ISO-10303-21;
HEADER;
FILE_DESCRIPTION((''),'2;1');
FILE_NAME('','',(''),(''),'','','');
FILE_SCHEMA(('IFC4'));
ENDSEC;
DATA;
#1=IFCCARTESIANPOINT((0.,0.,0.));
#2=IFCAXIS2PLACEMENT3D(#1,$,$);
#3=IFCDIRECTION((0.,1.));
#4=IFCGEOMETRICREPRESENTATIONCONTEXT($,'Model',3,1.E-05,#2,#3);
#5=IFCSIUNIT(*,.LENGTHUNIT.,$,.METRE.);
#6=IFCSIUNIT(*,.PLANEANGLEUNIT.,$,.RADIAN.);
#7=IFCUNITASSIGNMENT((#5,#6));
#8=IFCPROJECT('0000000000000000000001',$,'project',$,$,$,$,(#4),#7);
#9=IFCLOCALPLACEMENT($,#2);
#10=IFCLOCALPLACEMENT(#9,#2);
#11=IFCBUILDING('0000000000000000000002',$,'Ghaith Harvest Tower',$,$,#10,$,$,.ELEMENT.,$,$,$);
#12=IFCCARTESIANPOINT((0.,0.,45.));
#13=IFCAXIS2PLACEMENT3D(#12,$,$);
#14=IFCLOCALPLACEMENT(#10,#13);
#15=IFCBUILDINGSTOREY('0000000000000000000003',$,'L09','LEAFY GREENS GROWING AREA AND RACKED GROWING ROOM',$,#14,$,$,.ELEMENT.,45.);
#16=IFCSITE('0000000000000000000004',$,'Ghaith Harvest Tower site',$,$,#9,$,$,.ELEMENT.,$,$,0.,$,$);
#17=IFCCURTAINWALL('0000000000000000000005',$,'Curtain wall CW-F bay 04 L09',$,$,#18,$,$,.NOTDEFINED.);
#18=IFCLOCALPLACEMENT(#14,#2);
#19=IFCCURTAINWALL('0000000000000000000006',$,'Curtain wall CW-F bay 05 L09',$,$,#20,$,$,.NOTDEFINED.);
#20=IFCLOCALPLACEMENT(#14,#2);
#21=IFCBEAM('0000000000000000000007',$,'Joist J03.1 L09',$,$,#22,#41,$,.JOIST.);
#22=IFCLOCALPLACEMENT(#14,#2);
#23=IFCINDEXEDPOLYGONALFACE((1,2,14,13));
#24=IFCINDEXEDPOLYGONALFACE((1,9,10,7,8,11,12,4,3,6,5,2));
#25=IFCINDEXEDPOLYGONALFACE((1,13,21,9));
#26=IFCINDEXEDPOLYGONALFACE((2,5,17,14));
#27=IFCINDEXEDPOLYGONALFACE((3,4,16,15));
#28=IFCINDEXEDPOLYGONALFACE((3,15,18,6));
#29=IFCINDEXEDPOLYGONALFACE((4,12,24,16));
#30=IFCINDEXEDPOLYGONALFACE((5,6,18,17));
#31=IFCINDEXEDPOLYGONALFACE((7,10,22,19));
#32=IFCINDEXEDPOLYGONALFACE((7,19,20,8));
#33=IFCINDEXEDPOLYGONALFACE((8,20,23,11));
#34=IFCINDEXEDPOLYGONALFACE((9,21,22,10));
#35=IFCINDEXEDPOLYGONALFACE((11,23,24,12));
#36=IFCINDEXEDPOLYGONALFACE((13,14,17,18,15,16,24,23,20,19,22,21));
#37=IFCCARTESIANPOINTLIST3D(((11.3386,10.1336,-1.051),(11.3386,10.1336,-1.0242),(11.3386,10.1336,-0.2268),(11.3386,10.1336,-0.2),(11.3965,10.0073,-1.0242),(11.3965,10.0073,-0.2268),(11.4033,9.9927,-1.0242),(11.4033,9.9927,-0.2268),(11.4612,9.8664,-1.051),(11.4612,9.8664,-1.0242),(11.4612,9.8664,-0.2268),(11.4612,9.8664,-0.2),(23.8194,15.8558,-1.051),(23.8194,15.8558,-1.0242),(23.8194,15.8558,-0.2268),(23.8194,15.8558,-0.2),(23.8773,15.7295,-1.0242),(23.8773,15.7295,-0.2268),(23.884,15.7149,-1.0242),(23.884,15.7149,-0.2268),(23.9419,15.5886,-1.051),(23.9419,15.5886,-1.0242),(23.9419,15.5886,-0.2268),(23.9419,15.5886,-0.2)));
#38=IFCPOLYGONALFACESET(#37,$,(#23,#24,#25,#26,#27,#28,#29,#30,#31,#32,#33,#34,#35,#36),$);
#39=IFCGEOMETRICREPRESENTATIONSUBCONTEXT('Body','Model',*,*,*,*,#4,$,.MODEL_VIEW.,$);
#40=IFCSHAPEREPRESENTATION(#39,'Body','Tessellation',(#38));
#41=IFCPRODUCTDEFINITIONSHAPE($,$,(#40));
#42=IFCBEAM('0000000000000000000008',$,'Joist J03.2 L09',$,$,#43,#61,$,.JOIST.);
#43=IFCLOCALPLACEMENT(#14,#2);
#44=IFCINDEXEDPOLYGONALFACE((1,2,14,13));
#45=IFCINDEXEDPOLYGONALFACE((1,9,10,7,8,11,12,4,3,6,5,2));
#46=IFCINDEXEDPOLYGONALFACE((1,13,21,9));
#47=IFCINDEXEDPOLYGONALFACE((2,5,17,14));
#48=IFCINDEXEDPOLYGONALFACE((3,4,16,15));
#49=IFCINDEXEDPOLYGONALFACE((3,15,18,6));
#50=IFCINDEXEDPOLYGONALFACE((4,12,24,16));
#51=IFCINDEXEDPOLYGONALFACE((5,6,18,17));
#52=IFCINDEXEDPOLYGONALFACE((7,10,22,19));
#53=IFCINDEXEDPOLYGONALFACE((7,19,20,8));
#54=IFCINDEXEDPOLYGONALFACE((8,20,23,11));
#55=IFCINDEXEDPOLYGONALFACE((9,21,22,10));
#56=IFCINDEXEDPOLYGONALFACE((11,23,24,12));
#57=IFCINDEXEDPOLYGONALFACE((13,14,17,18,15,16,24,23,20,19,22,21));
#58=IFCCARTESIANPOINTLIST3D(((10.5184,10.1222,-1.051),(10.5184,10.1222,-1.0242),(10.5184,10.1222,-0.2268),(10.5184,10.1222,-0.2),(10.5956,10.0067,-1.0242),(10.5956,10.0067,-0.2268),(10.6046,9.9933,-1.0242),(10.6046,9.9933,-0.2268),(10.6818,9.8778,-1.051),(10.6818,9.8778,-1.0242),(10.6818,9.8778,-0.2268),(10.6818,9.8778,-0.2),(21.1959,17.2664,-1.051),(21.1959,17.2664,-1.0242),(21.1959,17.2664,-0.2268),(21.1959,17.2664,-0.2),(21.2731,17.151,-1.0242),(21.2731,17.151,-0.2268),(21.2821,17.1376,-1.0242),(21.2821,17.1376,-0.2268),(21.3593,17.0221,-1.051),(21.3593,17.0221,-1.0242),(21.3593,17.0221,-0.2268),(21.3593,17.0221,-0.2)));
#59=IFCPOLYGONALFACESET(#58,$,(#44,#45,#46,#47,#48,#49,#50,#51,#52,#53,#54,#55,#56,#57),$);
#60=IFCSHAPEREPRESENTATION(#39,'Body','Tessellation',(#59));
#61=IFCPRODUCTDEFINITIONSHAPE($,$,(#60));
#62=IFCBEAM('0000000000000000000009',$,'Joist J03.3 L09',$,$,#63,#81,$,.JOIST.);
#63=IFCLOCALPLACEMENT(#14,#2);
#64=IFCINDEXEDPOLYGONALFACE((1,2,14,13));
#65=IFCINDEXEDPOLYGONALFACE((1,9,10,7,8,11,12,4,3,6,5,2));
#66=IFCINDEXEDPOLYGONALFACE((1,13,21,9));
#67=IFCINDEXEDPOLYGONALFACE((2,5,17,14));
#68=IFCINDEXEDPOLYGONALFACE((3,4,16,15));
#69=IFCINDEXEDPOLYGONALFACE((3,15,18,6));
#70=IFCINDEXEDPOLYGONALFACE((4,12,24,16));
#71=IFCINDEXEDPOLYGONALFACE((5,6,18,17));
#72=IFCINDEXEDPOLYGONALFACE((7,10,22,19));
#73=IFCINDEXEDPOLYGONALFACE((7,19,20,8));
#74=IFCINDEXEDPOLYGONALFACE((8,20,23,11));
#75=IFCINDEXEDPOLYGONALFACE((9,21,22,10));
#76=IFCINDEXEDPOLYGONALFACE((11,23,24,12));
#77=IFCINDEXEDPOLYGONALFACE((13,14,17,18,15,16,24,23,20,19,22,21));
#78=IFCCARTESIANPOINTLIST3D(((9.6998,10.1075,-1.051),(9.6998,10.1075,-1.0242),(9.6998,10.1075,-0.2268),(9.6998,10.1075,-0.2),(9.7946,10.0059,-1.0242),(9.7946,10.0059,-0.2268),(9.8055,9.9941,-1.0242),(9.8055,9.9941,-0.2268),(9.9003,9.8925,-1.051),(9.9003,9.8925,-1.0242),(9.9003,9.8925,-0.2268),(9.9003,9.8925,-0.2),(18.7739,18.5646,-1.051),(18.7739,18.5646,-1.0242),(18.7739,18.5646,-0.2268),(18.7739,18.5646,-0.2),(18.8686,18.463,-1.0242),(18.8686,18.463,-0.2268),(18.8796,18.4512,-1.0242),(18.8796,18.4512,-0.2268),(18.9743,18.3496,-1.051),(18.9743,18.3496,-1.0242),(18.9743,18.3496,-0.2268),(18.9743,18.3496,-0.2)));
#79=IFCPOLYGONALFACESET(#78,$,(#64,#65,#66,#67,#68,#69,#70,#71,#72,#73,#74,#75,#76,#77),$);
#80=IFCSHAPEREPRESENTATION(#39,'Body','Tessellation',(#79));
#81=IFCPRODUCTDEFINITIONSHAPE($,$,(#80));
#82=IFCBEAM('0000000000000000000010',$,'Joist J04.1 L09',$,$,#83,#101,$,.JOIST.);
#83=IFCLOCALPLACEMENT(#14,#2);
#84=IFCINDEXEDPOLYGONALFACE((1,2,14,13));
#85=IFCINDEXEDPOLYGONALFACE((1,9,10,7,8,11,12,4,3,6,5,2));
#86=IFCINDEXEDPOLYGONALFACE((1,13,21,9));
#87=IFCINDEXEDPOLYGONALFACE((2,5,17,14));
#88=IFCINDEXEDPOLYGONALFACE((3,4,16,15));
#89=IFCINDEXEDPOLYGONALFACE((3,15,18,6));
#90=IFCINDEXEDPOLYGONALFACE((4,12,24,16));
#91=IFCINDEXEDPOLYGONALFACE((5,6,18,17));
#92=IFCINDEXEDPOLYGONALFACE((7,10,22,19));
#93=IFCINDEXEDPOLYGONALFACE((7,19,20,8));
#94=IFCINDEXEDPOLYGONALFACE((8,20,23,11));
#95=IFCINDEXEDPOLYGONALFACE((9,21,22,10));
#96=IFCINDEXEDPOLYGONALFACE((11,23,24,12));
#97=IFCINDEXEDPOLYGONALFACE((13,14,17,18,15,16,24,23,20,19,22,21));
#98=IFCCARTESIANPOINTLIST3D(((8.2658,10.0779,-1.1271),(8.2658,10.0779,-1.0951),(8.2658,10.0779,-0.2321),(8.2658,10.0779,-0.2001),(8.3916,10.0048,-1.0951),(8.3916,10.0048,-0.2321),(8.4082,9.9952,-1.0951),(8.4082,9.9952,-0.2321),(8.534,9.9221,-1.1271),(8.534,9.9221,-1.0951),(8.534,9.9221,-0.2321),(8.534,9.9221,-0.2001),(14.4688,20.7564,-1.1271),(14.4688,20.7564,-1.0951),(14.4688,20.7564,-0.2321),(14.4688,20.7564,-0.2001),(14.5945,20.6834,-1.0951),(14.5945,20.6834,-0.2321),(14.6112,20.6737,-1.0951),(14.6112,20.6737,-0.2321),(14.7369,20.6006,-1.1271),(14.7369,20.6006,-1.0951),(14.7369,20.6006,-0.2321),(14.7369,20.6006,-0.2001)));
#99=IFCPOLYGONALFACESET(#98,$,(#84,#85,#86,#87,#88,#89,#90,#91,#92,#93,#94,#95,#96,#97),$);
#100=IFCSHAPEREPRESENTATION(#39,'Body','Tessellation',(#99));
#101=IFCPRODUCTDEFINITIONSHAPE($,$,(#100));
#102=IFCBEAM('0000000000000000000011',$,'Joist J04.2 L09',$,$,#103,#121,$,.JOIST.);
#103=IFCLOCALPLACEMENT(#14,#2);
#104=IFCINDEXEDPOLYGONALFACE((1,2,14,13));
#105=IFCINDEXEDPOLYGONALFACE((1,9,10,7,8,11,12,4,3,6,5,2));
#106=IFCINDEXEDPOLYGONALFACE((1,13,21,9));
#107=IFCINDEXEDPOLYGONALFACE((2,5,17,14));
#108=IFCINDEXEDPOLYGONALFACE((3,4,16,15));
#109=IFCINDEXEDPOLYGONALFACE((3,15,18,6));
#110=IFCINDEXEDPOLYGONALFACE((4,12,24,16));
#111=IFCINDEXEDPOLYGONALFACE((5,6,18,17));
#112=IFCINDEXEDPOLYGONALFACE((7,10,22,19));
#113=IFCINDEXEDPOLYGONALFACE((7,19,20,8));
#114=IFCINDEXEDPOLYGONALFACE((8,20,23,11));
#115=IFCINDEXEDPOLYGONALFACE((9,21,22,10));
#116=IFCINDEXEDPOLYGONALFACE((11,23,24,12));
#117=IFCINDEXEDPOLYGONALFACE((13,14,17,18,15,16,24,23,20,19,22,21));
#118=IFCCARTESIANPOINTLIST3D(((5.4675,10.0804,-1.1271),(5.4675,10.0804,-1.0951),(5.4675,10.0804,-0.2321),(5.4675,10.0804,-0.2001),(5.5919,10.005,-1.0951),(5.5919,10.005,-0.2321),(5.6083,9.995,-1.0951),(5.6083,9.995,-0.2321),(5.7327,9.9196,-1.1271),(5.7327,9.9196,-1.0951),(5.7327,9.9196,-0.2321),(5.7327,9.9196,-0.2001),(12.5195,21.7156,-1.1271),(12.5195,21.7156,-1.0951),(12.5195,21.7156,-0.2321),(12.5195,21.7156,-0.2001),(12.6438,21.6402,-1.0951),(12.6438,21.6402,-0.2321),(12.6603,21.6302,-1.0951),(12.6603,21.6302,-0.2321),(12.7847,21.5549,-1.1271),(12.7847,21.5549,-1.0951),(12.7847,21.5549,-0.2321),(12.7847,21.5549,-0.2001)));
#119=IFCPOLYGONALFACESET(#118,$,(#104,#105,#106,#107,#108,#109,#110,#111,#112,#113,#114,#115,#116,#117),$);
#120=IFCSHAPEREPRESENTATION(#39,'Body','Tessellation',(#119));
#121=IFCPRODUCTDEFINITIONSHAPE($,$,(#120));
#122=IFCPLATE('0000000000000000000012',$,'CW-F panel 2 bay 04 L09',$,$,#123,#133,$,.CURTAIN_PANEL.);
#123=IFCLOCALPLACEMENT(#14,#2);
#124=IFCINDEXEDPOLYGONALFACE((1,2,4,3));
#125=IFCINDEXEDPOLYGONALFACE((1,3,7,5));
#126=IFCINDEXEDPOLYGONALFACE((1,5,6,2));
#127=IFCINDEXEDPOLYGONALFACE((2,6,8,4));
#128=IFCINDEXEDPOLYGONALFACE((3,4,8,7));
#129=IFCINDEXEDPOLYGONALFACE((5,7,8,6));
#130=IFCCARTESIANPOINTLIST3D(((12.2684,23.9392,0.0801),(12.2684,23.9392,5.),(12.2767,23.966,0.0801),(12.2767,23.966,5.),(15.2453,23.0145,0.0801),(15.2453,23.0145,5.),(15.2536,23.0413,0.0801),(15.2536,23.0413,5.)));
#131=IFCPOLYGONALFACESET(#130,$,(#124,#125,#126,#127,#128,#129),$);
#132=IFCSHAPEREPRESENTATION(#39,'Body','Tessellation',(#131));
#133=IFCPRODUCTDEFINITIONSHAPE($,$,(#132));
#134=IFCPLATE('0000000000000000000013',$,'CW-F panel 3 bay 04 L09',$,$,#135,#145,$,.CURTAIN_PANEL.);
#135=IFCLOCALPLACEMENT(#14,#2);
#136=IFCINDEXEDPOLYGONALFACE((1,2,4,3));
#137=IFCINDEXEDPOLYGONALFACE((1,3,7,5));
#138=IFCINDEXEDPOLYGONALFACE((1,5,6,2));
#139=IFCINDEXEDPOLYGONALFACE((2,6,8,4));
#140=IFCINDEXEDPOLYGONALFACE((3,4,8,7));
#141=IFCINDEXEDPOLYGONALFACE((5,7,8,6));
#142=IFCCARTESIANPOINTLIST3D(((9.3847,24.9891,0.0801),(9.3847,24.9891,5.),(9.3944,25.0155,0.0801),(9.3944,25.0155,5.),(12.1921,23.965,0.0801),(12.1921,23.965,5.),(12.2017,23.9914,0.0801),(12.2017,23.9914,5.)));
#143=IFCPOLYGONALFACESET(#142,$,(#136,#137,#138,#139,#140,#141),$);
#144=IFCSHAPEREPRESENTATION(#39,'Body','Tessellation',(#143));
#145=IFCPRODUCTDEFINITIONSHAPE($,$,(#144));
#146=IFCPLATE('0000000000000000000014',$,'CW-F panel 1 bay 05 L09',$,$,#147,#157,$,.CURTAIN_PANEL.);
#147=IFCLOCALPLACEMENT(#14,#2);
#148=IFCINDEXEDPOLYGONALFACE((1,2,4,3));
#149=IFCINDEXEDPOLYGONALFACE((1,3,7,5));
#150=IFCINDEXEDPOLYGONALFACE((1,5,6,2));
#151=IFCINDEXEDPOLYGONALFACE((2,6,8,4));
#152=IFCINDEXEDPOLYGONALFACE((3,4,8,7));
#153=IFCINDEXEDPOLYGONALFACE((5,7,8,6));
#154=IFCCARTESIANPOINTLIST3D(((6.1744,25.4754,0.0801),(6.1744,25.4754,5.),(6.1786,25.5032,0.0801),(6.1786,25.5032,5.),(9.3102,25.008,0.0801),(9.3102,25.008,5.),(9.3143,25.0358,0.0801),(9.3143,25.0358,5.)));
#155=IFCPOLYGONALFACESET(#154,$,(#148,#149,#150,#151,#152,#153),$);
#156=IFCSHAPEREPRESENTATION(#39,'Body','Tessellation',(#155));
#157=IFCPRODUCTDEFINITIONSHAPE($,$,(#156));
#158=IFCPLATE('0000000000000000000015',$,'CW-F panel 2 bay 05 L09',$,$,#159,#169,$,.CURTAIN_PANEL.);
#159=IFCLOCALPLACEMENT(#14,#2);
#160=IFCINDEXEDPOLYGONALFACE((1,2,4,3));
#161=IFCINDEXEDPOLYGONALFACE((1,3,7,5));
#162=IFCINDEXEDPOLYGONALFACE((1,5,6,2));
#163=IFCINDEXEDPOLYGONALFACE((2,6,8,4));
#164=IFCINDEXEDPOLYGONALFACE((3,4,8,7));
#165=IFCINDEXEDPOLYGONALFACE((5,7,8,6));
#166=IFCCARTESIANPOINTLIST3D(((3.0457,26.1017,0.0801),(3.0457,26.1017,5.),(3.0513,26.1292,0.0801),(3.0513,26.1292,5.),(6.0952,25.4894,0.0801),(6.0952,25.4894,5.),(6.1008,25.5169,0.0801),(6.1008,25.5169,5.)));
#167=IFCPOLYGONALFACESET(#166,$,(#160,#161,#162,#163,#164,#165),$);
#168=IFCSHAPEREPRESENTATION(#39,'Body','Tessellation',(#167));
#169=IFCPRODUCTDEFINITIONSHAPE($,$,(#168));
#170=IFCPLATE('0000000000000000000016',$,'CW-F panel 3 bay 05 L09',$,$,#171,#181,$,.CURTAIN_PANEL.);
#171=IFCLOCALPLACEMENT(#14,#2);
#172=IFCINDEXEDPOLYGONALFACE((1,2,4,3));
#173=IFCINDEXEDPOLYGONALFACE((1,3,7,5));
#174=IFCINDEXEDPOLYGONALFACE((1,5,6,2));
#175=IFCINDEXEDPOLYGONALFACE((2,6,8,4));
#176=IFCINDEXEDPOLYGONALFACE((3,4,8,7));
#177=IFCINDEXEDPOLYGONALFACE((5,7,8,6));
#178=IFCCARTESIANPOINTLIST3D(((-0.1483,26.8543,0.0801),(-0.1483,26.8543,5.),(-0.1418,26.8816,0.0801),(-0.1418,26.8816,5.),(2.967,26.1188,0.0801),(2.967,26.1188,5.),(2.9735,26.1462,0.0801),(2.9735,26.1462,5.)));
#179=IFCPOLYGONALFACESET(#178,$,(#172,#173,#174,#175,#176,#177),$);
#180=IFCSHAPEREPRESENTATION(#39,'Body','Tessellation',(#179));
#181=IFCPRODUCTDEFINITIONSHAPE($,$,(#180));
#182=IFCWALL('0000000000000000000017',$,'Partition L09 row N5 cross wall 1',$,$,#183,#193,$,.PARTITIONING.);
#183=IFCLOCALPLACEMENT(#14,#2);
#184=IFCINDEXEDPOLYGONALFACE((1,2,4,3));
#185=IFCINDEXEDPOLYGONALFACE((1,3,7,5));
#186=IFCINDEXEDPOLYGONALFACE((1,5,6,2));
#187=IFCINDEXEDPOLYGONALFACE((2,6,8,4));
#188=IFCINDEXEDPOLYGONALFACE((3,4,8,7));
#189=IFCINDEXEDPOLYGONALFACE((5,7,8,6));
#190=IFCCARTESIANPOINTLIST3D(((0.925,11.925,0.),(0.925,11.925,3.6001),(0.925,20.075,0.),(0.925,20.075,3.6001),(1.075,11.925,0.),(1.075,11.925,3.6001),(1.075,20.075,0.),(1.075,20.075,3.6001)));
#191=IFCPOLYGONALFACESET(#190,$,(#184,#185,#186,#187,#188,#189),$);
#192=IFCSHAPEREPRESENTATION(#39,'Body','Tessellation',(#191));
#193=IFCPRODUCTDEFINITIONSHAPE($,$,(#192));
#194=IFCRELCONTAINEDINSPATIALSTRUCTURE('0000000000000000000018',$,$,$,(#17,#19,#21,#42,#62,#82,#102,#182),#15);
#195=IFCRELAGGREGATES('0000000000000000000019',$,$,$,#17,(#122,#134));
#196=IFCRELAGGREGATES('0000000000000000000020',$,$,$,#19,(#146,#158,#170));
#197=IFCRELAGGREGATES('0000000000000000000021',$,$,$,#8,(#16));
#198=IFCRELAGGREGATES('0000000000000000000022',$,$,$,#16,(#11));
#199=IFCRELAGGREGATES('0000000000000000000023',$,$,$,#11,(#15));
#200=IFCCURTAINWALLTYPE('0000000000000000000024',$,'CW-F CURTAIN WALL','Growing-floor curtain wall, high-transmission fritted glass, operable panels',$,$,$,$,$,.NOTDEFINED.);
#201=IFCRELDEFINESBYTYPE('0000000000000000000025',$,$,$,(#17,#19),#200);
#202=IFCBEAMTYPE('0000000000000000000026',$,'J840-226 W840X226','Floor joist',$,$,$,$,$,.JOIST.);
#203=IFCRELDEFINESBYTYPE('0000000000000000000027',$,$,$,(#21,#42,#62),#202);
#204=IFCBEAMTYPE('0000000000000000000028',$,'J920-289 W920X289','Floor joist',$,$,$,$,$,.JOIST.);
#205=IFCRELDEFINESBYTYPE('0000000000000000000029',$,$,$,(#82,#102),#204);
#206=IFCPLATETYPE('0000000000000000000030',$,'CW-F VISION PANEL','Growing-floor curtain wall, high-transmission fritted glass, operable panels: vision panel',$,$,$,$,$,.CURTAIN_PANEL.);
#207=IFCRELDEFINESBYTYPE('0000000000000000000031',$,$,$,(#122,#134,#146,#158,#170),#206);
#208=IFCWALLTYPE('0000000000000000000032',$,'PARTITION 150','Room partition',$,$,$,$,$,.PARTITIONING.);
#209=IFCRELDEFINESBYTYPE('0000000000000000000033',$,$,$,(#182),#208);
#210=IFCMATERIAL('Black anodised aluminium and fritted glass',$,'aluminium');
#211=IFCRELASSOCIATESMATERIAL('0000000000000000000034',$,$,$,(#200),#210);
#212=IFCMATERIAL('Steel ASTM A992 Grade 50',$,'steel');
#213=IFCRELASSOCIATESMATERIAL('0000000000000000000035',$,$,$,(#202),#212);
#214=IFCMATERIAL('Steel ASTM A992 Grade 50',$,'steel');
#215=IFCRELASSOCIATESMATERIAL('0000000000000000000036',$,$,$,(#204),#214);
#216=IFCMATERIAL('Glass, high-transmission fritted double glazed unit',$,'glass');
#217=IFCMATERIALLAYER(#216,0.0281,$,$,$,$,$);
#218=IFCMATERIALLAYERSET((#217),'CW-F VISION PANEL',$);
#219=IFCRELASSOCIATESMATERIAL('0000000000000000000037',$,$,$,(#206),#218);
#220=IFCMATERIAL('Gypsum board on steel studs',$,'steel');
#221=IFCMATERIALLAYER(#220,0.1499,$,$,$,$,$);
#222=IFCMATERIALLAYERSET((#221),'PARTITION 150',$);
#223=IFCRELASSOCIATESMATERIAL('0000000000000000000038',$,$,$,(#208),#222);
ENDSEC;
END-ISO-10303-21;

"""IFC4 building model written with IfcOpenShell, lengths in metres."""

from ifc_helpers import new_model, si_unit, direction, frame, frame_2d, origin, origin_2d, place, context, subcontext, project, spatial, rectangle, i_section, extrude, material, layer, layer_set, material_profile, profile_set, type_object, element, aggregate, save


model = new_model("IFC4")

# Units and contexts
model_context = context("Model", 3, precision=1e-05, world=origin(), true_north=direction((0.0, 1.0)))
body_context = subcontext(model_context, "Body", "Model", "MODEL_VIEW")
ifc_project = project(units=[si_unit("LENGTHUNIT", "METRE"), si_unit("PLANEANGLEUNIT", "RADIAN")], contexts=[model_context])

# Site, building, storey
site_placement = place(None, origin())
site = spatial("IfcSite", under=ifc_project, at=site_placement, Name="Ghaith Harvest Tower site", CompositionType="ELEMENT", RefElevation=0.0)
building_placement = place(site_placement, origin())
building = spatial("IfcBuilding", under=site, at=building_placement, Name="Ghaith Harvest Tower", CompositionType="ELEMENT")
storey_placement = place(building_placement, frame((0.0, 0.0, 45.0)))
storey = spatial("IfcBuildingStorey", under=building, at=storey_placement, Name="L09", Description="LEAFY GREENS GROWING AREA AND RACKED GROWING ROOM", CompositionType="ELEMENT", Elevation=45.0)

# Curtain wall
ifc_material_1 = material(Name="Black anodised aluminium and fritted glass", Category="aluminium")
curtain_wall_type = type_object("IfcCurtainWallType", Name="CW-F CURTAIN WALL", Description="Growing-floor curtain wall, high-transmission fritted glass, operable panels", PredefinedType="NOTDEFINED", material=ifc_material_1)
curtain_wall_1_placement = place(storey_placement, origin())
curtain_wall_1 = element("IfcCurtainWall", 1, at=curtain_wall_1_placement, inside=storey, type_object=curtain_wall_type, Name="Curtain wall CW-F bay 04 L09", PredefinedType="NOTDEFINED")

# Curtain wall
curtain_wall_2_placement = place(storey_placement, origin())
curtain_wall_2 = element("IfcCurtainWall", 2, at=curtain_wall_2_placement, inside=storey, type_object=curtain_wall_type, Name="Curtain wall CW-F bay 05 L09", PredefinedType="NOTDEFINED")

# Beams
ifc_material_2 = material(Name="Steel ASTM A992 Grade 50", Category="steel")
ifc_material_profile_1 = material_profile(ifc_material_2, i_section(OverallWidth=0.2939, OverallDepth=0.8511, WebThickness=0.0161, FlangeThickness=0.0269, at=origin_2d()), Name="W840X226")
ifc_profile_set_1 = profile_set([ifc_material_profile_1], Name="Steel ASTM A992 Grade 50")
beam_type_1 = type_object("IfcBeamType", Name="J840-226 W840X226", Description="Floor joist", PredefinedType="JOIST", material=ifc_profile_set_1)
beam_1_placement = place(storey_placement, frame((11.3999, 10.0, -0.6255), z_axis=(0.909014, 0.416766, 0.0), x_axis=(-0.416766, 0.909014, 0.0)))
element("IfcBeam", 3, at=beam_1_placement, inside=storey, type_object=beam_type_1, Name="Joist J03.1 L09", PredefinedType="JOIST", context=body_context, shape_type="SweptSolid", body=[
    extrude(i_section(OverallWidth=0.2939, OverallDepth=0.8511, WebThickness=0.0161, FlangeThickness=0.0269, at=origin_2d()), origin(), (0.0, 0.0, 1.0), 13.73),
])
beam_2_placement = place(storey_placement, frame((10.6001, 10.0, -0.6255), z_axis=(0.831116, 0.556098, 0.0), x_axis=(-0.556098, 0.831116, 0.0)))
element("IfcBeam", 4, at=beam_2_placement, inside=storey, type_object=beam_type_1, Name="Joist J03.2 L09", PredefinedType="JOIST", context=body_context, shape_type="SweptSolid", body=[
    extrude(i_section(OverallWidth=0.2939, OverallDepth=0.8511, WebThickness=0.0161, FlangeThickness=0.0269, at=origin_2d()), origin(), (0.0, 0.0, 1.0), 12.8472),
])
beam_3_placement = place(storey_placement, frame((9.8, 10.0, -0.6255), z_axis=(0.731538, 0.681801, 0.0), x_axis=(-0.681801, 0.731538, 0.0)))
element("IfcBeam", 5, at=beam_3_placement, inside=storey, type_object=beam_type_1, Name="Joist J03.3 L09", PredefinedType="JOIST", context=body_context, shape_type="SweptSolid", body=[
    extrude(i_section(OverallWidth=0.2939, OverallDepth=0.8511, WebThickness=0.0161, FlangeThickness=0.0269, at=origin_2d()), origin(), (0.0, 0.0, 1.0), 12.4041),
])
ifc_material_3 = material(Name="Steel ASTM A992 Grade 50", Category="steel")
ifc_material_profile_2 = material_profile(ifc_material_3, i_section(OverallWidth=0.3101, OverallDepth=0.927, WebThickness=0.0193, FlangeThickness=0.032, at=origin_2d()), Name="W920X289")
ifc_profile_set_2 = profile_set([ifc_material_profile_2], Name="Steel ASTM A992 Grade 50")
beam_type_2 = type_object("IfcBeamType", Name="J920-289 W920X289", Description="Floor joist", PredefinedType="JOIST", material=ifc_profile_set_2)
beam_4_placement = place(storey_placement, frame((8.3999, 10.0, -0.6636), z_axis=(0.502286, 0.864702, 0.0), x_axis=(-0.864702, 0.502286, 0.0)))
element("IfcBeam", 6, at=beam_4_placement, inside=storey, type_object=beam_type_2, Name="Joist J04.1 L09", PredefinedType="JOIST", context=body_context, shape_type="SweptSolid", body=[
    extrude(i_section(OverallWidth=0.3101, OverallDepth=0.927, WebThickness=0.0193, FlangeThickness=0.032, at=origin_2d()), origin(), (0.0, 0.0, 1.0), 12.3494),
])
beam_5_placement = place(storey_placement, frame((5.6001, 10.0, -0.6636), z_axis=(0.51832, 0.855187, 0.0), x_axis=(-0.855187, 0.51832, 0.0)))
element("IfcBeam", 7, at=beam_5_placement, inside=storey, type_object=beam_type_2, Name="Joist J04.2 L09", PredefinedType="JOIST", context=body_context, shape_type="SweptSolid", body=[
    extrude(i_section(OverallWidth=0.3101, OverallDepth=0.927, WebThickness=0.0193, FlangeThickness=0.032, at=origin_2d()), origin(), (0.0, 0.0, 1.0), 13.6055),
])

# Plates
ifc_material_4 = material(Name="Glass, high-transmission fritted double glazed unit", Category="glass")
ifc_layer_1 = layer(ifc_material_4, 0.0281)
ifc_layer_set_1 = layer_set([ifc_layer_1], Name="CW-F VISION PANEL")
plate_type = type_object("IfcPlateType", Name="CW-F VISION PANEL", Description="Growing-floor curtain wall, high-transmission fritted glass, operable panels: vision panel", PredefinedType="CURTAIN_PANEL", material=ifc_layer_set_1)
plate_1_placement = place(storey_placement, frame((13.761, 23.4902, 0.0801), z_axis=(0.0, 0.0, 1.0), x_axis=(-0.954988, 0.296644, 0.0)))
plate_1 = element("IfcPlate", 8, at=plate_1_placement, type_object=plate_type, Name="CW-F panel 2 bay 04 L09", PredefinedType="CURTAIN_PANEL", context=body_context, shape_type="SweptSolid", body=[
    extrude(rectangle(XDim=3.1172, YDim=0.0281, at=origin_2d()), origin(), (0.0, 0.0, 1.0), 4.9199),
])
plate_2_placement = place(storey_placement, frame((10.7932, 24.4902, 0.0801), z_axis=(0.0, 0.0, 1.0), x_axis=(-0.939438, 0.342718, 0.0)))
plate_2 = element("IfcPlate", 9, at=plate_2_placement, type_object=plate_type, Name="CW-F panel 3 bay 04 L09", PredefinedType="CURTAIN_PANEL", context=body_context, shape_type="SweptSolid", body=[
    extrude(rectangle(XDim=2.9883, YDim=0.0281, at=origin_2d()), origin(), (0.0, 0.0, 1.0), 4.9199),
])
aggregate(curtain_wall_1, [plate_1, plate_2])
plate_3_placement = place(storey_placement, frame((7.7444, 25.2556, 0.0801), z_axis=(0.0, 0.0, 1.0), x_axis=(-0.989074, 0.147418, 0.0)))
plate_3 = element("IfcPlate", 10, at=plate_3_placement, type_object=plate_type, Name="CW-F panel 1 bay 05 L09", PredefinedType="CURTAIN_PANEL", context=body_context, shape_type="SweptSolid", body=[
    extrude(rectangle(XDim=3.1704, YDim=0.0281, at=origin_2d()), origin(), (0.0, 0.0, 1.0), 4.9199),
])
plate_4_placement = place(storey_placement, frame((4.5732, 25.8093, 0.0801), z_axis=(0.0, 0.0, 1.0), x_axis=(-0.980432, 0.196856, 0.0)))
plate_4 = element("IfcPlate", 11, at=plate_4_placement, type_object=plate_type, Name="CW-F panel 2 bay 05 L09", PredefinedType="CURTAIN_PANEL", context=body_context, shape_type="SweptSolid", body=[
    extrude(rectangle(XDim=3.1104, YDim=0.0281, at=origin_2d()), origin(), (0.0, 0.0, 1.0), 4.9199),
])
plate_5_placement = place(storey_placement, frame((1.4126, 26.5002, 0.0801), z_axis=(0.0, 0.0, 1.0), x_axis=(-0.973246, 0.229766, 0.0)))
plate_5 = element("IfcPlate", 12, at=plate_5_placement, type_object=plate_type, Name="CW-F panel 3 bay 05 L09", PredefinedType="CURTAIN_PANEL", context=body_context, shape_type="SweptSolid", body=[
    extrude(rectangle(XDim=3.2009, YDim=0.0281, at=origin_2d()), origin(), (0.0, 0.0, 1.0), 4.9199),
])
aggregate(curtain_wall_2, [plate_3, plate_4, plate_5])

# Wall
ifc_material_5 = material(Name="Gypsum board on steel studs", Category="steel")
ifc_layer_2 = layer(ifc_material_5, 0.1499)
ifc_layer_set_2 = layer_set([ifc_layer_2], Name="PARTITION 150")
wall_type = type_object("IfcWallType", Name="PARTITION 150", Description="Room partition", PredefinedType="PARTITIONING", material=ifc_layer_set_2)
for number, where, z_axis, x_axis, name in (
    (13, (1.0, 11.925, 0.0), (0.0, 0.0, 1.0), (0.0, 1.0, 0.0), "Partition L09 row N5 cross wall 1"),
):
    element("IfcWall", number, at=place(storey_placement, frame(where, z_axis=z_axis, x_axis=x_axis)), inside=storey, type_object=wall_type, Name=name, PredefinedType="PARTITIONING", context=body_context, shape_type="SweptSolid", body=[
        extrude(rectangle(XDim=8.1499, YDim=0.1499, at=frame_2d((4.075, 0.0))), origin(), (0.0, 0.0, 1.0), 3.6001),
    ])

save(model, "model.ifc")
